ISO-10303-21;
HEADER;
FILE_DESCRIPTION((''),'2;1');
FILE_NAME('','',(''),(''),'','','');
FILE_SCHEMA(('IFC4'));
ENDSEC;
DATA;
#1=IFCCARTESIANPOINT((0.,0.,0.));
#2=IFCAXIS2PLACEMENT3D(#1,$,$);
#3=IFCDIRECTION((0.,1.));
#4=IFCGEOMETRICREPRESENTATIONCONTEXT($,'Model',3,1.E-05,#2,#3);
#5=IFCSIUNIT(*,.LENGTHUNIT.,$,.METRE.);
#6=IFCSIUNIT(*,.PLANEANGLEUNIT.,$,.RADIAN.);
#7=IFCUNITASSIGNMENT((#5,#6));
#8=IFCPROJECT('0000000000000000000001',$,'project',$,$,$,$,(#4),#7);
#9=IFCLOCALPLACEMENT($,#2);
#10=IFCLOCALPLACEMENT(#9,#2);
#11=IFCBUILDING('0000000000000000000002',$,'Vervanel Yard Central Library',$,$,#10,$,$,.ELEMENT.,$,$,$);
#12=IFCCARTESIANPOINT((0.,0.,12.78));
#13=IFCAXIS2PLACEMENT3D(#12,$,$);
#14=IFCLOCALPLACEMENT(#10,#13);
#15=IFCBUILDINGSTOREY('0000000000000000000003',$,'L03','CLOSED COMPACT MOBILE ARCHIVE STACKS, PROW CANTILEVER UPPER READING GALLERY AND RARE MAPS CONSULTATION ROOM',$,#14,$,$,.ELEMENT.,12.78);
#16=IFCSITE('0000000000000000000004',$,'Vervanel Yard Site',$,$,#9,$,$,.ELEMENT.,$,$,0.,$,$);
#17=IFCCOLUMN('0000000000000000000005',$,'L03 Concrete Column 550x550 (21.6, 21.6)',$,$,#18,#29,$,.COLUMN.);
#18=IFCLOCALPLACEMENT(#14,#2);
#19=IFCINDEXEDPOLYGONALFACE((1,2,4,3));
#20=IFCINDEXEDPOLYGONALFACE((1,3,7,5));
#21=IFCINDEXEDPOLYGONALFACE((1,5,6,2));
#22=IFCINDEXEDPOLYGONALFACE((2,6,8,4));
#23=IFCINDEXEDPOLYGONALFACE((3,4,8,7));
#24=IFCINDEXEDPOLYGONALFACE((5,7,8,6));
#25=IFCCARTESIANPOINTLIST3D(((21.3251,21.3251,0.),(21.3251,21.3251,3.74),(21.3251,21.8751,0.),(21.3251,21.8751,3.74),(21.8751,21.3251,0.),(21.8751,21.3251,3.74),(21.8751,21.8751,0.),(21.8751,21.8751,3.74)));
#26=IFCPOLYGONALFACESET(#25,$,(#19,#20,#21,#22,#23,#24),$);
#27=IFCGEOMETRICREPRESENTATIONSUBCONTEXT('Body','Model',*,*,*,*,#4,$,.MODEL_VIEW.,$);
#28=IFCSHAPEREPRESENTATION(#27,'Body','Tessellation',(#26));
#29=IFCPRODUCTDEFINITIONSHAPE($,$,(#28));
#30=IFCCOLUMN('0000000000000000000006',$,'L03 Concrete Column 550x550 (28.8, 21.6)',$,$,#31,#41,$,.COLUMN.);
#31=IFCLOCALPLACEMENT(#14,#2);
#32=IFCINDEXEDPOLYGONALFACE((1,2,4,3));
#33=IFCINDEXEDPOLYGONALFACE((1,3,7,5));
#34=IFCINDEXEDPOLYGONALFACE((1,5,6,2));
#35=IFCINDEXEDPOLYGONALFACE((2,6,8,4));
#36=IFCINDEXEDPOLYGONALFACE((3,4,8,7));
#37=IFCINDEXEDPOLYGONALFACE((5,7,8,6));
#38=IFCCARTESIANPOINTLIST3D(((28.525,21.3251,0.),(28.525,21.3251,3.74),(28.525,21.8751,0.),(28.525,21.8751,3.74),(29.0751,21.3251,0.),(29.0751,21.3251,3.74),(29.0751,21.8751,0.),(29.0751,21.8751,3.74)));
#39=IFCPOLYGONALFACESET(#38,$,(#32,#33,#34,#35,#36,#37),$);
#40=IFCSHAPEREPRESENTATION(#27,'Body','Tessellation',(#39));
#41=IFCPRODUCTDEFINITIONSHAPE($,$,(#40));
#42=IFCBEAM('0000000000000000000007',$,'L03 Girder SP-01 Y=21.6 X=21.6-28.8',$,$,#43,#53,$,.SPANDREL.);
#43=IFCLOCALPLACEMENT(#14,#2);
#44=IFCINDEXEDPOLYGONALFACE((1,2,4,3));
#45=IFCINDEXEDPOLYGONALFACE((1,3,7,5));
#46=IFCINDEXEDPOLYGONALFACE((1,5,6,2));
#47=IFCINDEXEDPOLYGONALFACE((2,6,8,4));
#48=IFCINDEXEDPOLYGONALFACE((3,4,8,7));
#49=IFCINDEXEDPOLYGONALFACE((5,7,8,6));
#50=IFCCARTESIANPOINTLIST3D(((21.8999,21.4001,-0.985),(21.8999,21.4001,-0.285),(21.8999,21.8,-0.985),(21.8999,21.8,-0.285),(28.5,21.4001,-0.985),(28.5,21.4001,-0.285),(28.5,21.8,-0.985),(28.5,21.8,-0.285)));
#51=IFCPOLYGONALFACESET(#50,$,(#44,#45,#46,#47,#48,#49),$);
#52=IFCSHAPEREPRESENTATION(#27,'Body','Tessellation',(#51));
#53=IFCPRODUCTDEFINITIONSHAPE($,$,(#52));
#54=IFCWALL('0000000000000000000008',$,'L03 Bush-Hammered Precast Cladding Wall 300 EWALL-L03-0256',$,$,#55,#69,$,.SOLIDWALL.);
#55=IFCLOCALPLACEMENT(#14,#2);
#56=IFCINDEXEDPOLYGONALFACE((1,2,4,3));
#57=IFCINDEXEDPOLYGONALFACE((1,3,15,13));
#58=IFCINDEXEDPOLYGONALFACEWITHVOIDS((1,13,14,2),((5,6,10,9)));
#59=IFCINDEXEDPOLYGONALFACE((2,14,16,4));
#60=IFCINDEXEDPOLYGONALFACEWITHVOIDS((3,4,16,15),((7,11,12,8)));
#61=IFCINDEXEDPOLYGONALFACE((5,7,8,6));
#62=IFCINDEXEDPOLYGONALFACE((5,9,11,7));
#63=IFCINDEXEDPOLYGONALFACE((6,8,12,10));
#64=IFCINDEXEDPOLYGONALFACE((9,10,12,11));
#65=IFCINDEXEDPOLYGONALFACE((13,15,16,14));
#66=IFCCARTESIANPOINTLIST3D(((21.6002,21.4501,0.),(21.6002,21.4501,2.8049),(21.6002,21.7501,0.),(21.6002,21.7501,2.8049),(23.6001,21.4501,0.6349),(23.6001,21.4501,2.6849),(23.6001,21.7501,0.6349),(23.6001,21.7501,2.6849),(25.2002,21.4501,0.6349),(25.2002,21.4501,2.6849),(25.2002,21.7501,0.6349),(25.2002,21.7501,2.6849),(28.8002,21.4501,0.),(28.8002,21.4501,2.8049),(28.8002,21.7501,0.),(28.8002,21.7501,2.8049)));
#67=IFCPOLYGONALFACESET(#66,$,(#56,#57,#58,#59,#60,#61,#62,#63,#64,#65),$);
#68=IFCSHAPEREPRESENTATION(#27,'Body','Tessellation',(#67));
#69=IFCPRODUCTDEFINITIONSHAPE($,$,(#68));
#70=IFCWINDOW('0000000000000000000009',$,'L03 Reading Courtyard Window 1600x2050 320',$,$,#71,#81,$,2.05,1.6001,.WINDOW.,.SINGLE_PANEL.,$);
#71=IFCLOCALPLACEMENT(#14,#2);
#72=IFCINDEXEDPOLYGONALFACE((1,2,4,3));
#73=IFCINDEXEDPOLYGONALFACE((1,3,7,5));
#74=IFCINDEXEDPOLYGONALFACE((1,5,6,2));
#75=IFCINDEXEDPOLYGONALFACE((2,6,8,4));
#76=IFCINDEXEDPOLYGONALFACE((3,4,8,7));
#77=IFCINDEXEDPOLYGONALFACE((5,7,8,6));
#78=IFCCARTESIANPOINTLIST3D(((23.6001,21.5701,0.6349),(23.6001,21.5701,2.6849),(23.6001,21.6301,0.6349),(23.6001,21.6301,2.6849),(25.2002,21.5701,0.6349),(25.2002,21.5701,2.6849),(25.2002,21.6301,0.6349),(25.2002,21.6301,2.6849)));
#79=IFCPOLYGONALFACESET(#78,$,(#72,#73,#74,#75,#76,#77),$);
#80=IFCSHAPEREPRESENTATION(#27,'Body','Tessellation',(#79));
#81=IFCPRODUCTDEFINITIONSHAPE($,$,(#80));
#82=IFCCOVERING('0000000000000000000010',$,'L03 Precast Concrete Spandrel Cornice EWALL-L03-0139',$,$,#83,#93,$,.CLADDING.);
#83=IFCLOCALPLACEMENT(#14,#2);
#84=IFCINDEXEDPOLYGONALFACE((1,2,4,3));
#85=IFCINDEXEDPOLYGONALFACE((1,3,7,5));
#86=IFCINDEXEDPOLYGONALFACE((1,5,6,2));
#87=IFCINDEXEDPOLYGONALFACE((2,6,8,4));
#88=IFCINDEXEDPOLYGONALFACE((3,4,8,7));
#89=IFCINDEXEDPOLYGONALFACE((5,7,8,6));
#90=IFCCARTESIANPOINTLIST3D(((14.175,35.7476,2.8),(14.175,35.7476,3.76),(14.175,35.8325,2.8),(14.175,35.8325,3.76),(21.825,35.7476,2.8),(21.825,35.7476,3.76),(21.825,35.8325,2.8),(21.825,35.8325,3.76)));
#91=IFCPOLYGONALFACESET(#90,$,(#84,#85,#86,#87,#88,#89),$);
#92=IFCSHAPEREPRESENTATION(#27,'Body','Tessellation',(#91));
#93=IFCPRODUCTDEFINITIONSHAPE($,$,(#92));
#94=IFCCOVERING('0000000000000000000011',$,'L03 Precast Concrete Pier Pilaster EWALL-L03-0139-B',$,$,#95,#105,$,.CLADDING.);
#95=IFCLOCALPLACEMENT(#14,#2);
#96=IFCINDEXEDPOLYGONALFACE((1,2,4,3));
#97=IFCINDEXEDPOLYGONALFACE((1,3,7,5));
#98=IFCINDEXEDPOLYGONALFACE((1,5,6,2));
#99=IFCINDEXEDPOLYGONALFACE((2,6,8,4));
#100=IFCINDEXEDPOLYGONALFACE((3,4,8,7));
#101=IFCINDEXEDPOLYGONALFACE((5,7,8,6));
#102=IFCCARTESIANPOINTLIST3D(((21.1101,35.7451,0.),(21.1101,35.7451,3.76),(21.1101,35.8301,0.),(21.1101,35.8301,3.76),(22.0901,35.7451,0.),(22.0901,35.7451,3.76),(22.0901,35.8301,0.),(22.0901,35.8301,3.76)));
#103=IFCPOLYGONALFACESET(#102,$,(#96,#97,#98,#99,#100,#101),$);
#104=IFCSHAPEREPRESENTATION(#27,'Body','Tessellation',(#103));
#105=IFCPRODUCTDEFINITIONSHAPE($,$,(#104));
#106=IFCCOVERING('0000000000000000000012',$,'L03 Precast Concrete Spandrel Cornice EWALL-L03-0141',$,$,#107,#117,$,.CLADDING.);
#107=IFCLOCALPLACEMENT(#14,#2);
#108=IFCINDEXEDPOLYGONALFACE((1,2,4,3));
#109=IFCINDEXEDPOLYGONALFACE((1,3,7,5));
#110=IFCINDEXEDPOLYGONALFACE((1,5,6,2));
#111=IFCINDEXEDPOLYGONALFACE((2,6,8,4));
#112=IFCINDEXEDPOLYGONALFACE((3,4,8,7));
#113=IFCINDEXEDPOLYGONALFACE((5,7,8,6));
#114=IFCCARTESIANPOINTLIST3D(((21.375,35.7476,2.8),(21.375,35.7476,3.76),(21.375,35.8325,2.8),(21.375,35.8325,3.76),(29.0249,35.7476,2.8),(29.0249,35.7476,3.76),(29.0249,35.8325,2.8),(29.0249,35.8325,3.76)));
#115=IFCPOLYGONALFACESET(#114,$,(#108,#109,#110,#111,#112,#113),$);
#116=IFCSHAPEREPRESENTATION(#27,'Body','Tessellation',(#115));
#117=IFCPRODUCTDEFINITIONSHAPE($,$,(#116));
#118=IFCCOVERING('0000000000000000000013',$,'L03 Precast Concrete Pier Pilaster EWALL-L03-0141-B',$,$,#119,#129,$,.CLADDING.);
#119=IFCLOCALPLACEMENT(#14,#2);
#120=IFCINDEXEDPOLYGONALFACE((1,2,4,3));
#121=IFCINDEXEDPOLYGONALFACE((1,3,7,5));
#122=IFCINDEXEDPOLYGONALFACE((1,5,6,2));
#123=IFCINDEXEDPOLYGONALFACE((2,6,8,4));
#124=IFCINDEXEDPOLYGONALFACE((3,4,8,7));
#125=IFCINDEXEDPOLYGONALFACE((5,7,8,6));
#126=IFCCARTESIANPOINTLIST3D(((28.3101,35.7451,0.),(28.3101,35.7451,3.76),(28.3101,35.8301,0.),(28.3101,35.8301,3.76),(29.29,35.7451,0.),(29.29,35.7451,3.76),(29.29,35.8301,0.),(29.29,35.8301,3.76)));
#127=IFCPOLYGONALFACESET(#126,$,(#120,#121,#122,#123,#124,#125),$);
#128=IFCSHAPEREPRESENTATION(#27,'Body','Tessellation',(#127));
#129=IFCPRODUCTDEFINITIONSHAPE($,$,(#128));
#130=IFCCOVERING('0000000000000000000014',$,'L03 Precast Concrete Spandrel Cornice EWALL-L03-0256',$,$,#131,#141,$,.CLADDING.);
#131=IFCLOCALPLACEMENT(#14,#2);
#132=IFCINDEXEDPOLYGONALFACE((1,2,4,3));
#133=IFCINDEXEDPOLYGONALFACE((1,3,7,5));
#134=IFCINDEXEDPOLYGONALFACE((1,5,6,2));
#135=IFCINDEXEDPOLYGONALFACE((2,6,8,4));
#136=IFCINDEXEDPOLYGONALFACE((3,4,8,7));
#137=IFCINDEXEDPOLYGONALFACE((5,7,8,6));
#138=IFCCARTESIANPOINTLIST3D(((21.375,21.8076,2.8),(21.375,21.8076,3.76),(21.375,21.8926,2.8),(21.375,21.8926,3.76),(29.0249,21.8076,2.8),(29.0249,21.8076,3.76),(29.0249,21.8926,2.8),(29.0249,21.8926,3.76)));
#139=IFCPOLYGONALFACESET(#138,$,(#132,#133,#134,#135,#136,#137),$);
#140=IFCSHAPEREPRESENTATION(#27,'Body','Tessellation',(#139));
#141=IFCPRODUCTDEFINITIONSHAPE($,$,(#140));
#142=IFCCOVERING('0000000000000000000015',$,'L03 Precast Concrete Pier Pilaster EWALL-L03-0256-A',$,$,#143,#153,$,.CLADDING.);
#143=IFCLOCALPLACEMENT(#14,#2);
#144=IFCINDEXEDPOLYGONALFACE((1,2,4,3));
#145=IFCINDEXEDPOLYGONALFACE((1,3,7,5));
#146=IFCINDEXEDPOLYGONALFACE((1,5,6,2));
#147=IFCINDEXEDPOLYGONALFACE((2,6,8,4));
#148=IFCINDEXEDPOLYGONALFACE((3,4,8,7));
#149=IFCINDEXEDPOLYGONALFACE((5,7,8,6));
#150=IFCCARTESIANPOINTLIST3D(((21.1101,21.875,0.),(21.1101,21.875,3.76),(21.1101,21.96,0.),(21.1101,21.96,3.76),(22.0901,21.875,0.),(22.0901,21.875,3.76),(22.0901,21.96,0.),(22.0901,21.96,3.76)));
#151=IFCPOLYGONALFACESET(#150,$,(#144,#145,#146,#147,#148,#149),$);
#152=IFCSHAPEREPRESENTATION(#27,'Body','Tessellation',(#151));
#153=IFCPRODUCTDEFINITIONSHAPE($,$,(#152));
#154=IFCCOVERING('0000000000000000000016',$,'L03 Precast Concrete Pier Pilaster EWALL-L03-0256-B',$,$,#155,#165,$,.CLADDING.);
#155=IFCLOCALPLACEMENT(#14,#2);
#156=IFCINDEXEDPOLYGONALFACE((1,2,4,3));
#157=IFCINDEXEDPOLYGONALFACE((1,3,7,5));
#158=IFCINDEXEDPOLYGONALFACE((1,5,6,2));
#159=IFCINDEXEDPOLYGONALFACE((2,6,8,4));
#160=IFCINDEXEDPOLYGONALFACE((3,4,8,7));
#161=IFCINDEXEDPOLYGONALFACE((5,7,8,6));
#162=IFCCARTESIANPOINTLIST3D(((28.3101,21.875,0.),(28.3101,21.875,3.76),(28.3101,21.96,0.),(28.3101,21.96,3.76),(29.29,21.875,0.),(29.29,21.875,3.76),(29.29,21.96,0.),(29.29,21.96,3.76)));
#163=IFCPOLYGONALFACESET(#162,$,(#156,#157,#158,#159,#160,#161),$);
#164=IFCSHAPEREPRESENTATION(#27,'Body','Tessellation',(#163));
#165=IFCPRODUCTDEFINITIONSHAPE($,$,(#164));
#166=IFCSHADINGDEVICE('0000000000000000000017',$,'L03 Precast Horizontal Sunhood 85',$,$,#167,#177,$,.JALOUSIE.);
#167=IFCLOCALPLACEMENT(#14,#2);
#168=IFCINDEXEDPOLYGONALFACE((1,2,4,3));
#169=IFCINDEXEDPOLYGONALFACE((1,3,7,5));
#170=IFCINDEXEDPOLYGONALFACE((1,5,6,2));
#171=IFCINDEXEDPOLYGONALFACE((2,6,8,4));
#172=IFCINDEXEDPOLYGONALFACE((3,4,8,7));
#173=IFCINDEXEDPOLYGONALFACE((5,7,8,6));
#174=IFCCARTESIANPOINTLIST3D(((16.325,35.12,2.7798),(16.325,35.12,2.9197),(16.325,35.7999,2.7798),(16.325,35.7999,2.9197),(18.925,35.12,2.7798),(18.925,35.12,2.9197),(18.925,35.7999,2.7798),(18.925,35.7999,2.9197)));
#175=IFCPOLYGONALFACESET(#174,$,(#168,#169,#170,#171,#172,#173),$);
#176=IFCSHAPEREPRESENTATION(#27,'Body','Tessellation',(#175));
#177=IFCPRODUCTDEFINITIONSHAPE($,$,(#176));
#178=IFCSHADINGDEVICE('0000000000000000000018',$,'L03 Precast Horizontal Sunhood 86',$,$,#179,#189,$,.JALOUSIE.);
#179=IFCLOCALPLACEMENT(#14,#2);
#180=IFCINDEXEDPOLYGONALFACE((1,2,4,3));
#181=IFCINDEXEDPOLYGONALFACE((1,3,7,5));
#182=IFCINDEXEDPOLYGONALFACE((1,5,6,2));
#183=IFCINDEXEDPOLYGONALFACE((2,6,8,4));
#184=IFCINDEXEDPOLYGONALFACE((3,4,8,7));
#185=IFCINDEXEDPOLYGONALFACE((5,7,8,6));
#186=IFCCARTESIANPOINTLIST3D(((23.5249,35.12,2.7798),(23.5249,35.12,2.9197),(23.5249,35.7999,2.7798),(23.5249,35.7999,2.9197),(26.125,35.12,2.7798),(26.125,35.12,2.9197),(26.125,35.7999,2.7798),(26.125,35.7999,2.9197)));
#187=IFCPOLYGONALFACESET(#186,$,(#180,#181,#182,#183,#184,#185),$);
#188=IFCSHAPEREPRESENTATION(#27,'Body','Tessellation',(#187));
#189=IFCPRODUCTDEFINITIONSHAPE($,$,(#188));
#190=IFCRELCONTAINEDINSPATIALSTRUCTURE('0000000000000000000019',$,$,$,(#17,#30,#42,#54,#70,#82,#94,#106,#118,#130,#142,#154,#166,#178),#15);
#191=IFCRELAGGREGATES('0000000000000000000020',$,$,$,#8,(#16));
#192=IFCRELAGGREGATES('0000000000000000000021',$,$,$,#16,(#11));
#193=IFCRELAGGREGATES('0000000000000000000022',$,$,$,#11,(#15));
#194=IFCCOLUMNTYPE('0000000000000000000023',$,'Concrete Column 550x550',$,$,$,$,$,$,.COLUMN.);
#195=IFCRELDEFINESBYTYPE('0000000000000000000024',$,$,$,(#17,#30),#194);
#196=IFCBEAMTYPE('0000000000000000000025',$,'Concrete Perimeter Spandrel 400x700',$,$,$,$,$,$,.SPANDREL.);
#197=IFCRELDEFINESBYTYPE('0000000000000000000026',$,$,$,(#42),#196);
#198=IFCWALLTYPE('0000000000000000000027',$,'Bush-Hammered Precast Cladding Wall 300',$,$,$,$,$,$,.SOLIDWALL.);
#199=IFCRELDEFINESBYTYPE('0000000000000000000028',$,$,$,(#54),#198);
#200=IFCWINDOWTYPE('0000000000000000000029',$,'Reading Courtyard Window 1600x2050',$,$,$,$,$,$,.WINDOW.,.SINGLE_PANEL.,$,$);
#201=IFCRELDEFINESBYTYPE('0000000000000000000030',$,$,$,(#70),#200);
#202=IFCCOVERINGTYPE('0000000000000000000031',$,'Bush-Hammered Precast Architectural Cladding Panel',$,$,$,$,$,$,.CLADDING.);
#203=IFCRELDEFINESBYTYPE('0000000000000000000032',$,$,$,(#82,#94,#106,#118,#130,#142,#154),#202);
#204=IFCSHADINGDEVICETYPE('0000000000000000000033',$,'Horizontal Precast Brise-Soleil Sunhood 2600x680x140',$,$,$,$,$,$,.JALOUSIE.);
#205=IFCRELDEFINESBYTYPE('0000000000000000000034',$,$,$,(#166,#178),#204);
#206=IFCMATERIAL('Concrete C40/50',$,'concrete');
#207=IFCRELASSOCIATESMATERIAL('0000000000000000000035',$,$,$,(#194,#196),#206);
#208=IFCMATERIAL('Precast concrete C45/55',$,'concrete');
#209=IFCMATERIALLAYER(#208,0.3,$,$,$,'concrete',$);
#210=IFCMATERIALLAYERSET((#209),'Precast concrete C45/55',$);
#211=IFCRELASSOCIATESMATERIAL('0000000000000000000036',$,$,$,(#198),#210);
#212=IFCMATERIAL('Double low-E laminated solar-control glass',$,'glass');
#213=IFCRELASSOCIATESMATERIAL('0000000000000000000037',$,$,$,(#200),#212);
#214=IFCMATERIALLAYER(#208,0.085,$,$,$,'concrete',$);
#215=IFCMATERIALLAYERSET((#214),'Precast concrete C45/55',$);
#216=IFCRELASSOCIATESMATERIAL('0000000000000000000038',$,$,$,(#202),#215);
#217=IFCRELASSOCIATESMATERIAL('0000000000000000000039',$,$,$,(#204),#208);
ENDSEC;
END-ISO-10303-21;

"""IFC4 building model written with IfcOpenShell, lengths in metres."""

from ifc_helpers import new_model, si_unit, direction, frame, frame_2d, origin, origin_2d, place, context, subcontext, project, spatial, rectangle, extrude, material, layer, layer_set, material_profile, profile_set, type_object, element, fill, save


model = new_model("IFC4")

# Units and contexts
model_context = context("Model", 3, precision=1e-05, world=origin(), true_north=direction((0.0, 1.0)))
body_context = subcontext(model_context, "Body", "Model", "MODEL_VIEW")
ifc_project = project(units=[si_unit("LENGTHUNIT", "METRE"), si_unit("PLANEANGLEUNIT", "RADIAN")], contexts=[model_context])

# Site, building, storey
site_placement = place(None, origin())
site = spatial("IfcSite", under=ifc_project, at=site_placement, Name="Vervanel Yard Site", CompositionType="ELEMENT", RefElevation=0.0)
building_placement = place(site_placement, origin())
building = spatial("IfcBuilding", under=site, at=building_placement, Name="Vervanel Yard Central Library", CompositionType="ELEMENT")
storey_placement = place(building_placement, frame((0.0, 0.0, 12.78)))
storey = spatial("IfcBuildingStorey", under=building, at=storey_placement, Name="L03", Description="CLOSED COMPACT MOBILE ARCHIVE STACKS, PROW CANTILEVER UPPER READING GALLERY AND RARE MAPS CONSULTATION ROOM", CompositionType="ELEMENT", Elevation=12.78)

# Columns
ifc_material_1 = material(Name="Concrete C40/50", Category="concrete")
ifc_material_profile_1 = material_profile(ifc_material_1, rectangle(XDim=0.55, YDim=0.55, at=origin_2d()), Name="RC 550x550", Category="concrete")
ifc_profile_set_1 = profile_set([ifc_material_profile_1], Name="Concrete C40/50")
column_type = type_object("IfcColumnType", Name="Concrete Column 550x550", PredefinedType="COLUMN", material=ifc_profile_set_1)
for number, where, z_axis, x_axis, name in (
    (1, (21.6001, 21.6001, 0.0), (0.0, 0.0, 1.0), (1.0, 0.0, 0.0), "L03 Concrete Column 550x550 (21.6, 21.6)"),
    (2, (28.8, 21.6001, 0.0), (0.0, 0.0, 1.0), (1.0, 0.0, 0.0), "L03 Concrete Column 550x550 (28.8, 21.6)"),
):
    element("IfcColumn", number, at=place(storey_placement, frame(where, z_axis=z_axis, x_axis=x_axis)), inside=storey, type_object=column_type, Name=name, PredefinedType="COLUMN", context=body_context, shape_type="SweptSolid", body=[
        extrude(rectangle(XDim=0.55, YDim=0.55, at=origin_2d()), origin(), (0.0, 0.0, 1.0), 3.74),
    ])

# Beam
ifc_material_profile_2 = material_profile(ifc_material_1, rectangle(XDim=0.3999, YDim=0.7, at=origin_2d()), Name="RC 400x700", Category="concrete")
ifc_profile_set_2 = profile_set([ifc_material_profile_2], Name="Concrete C40/50")
beam_type = type_object("IfcBeamType", Name="Concrete Perimeter Spandrel 400x700", PredefinedType="SPANDREL", material=ifc_profile_set_2)
beam_placement = place(storey_placement, frame((21.8999, 21.6001, -0.635), z_axis=(1.0, 0.0, 0.0), x_axis=(0.0, 1.0, 0.0)))
element("IfcBeam", 3, at=beam_placement, inside=storey, type_object=beam_type, Name="L03 Girder SP-01 Y=21.6 X=21.6-28.8", PredefinedType="SPANDREL", context=body_context, shape_type="SweptSolid", body=[
    extrude(rectangle(XDim=0.3999, YDim=0.7, at=origin_2d()), origin(), (0.0, 0.0, 1.0), 6.6001),
])

# Wall, opening, window
ifc_material_2 = material(Name="Precast concrete C45/55", Category="concrete")
ifc_layer_1 = layer(ifc_material_2, 0.3, Category="concrete")
ifc_layer_set_1 = layer_set([ifc_layer_1], Name="Precast concrete C45/55")
wall_type = type_object("IfcWallType", Name="Bush-Hammered Precast Cladding Wall 300", PredefinedType="SOLIDWALL", material=ifc_layer_set_1)
wall_placement = place(storey_placement, frame((21.6001, 21.6001, 0.0), z_axis=(0.0, 0.0, 1.0), x_axis=(1.0, 0.0, 0.0)))
wall = element("IfcWall", 4, at=wall_placement, inside=storey, type_object=wall_type, Name="L03 Bush-Hammered Precast Cladding Wall 300 EWALL-L03-0256", PredefinedType="SOLIDWALL", context=body_context, shape_type="SweptSolid", body=[
    extrude(rectangle(XDim=7.2, YDim=0.3, at=frame_2d((3.6001, 0.0))), origin(), (0.0, 0.0, 1.0), 2.8049),
])
opening_placement = place(wall_placement, frame((2.0, 0.0, 0.635)))
opening = element("IfcOpeningElement", 5, at=opening_placement, cuts=wall, PredefinedType="OPENING", context=body_context, shape_type="SweptSolid", body=[
    extrude(rectangle(XDim=1.6001, YDim=2.05, at=frame_2d((0.8, 1.0249))), frame((0.0, 0.1599, 0.0), z_axis=(0.0, -1.0, 0.0), x_axis=(1.0, 0.0, 0.0)), (0.0, 0.0, 1.0), 0.3201),
])
ifc_material_3 = material(Name="Double low-E laminated solar-control glass", Category="glass")
window_type = type_object("IfcWindowType", Name="Reading Courtyard Window 1600x2050", PartitioningType="SINGLE_PANEL", PredefinedType="WINDOW", material=ifc_material_3)
window_placement = place(opening_placement, origin())
window = element("IfcWindow", 6, at=window_placement, inside=storey, type_object=window_type, Name="L03 Reading Courtyard Window 1600x2050 320", OverallHeight=2.05, OverallWidth=1.6001, PartitioningType="SINGLE_PANEL", PredefinedType="WINDOW", context=body_context, shape_type="SweptSolid", body=[
    extrude(rectangle(XDim=1.6001, YDim=2.05, at=frame_2d((0.8, 1.0249))), frame((0.0, 0.03, 0.0), z_axis=(0.0, -1.0, 0.0), x_axis=(1.0, 0.0, 0.0)), (0.0, 0.0, 1.0), 0.0601),
])
fill(opening, window)

# Coverings
ifc_layer_2 = layer(ifc_material_2, 0.085, Category="concrete")
ifc_layer_set_2 = layer_set([ifc_layer_2], Name="Precast concrete C45/55")
covering_type = type_object("IfcCoveringType", Name="Bush-Hammered Precast Architectural Cladding Panel", PredefinedType="CLADDING", material=ifc_layer_set_2)
covering_1_placement = place(storey_placement, frame((18.0, 35.79, 2.8), z_axis=(0.0, 0.0, 1.0), x_axis=(1.0, 0.0, 0.0)))
element("IfcCovering", 7, at=covering_1_placement, inside=storey, type_object=covering_type, Name="L03 Precast Concrete Spandrel Cornice EWALL-L03-0139", PredefinedType="CLADDING", context=body_context, shape_type="SweptSolid", body=[
    extrude(rectangle(XDim=7.6499, YDim=0.085, at=origin_2d()), origin(), (0.0, 0.0, 1.0), 0.96),
])
covering_2_placement = place(storey_placement, frame((21.6001, 35.7876, 0.0), z_axis=(0.0, 0.0, 1.0), x_axis=(1.0, 0.0, 0.0)))
element("IfcCovering", 8, at=covering_2_placement, inside=storey, type_object=covering_type, Name="L03 Precast Concrete Pier Pilaster EWALL-L03-0139-B", PredefinedType="CLADDING", context=body_context, shape_type="SweptSolid", body=[
    extrude(rectangle(XDim=0.98, YDim=0.085, at=origin_2d()), origin(), (0.0, 0.0, 1.0), 3.76),
])
covering_3_placement = place(storey_placement, frame((25.2, 35.79, 2.8), z_axis=(0.0, 0.0, 1.0), x_axis=(1.0, 0.0, 0.0)))
element("IfcCovering", 9, at=covering_3_placement, inside=storey, type_object=covering_type, Name="L03 Precast Concrete Spandrel Cornice EWALL-L03-0141", PredefinedType="CLADDING", context=body_context, shape_type="SweptSolid", body=[
    extrude(rectangle(XDim=7.6499, YDim=0.085, at=origin_2d()), origin(), (0.0, 0.0, 1.0), 0.96),
])
covering_4_placement = place(storey_placement, frame((28.8, 35.7876, 0.0), z_axis=(0.0, 0.0, 1.0), x_axis=(1.0, 0.0, 0.0)))
element("IfcCovering", 10, at=covering_4_placement, inside=storey, type_object=covering_type, Name="L03 Precast Concrete Pier Pilaster EWALL-L03-0141-B", PredefinedType="CLADDING", context=body_context, shape_type="SweptSolid", body=[
    extrude(rectangle(XDim=0.98, YDim=0.085, at=origin_2d()), origin(), (0.0, 0.0, 1.0), 3.76),
])
covering_5_placement = place(storey_placement, frame((25.2, 21.8501, 2.8), z_axis=(0.0, 0.0, 1.0), x_axis=(1.0, 0.0, 0.0)))
element("IfcCovering", 11, at=covering_5_placement, inside=storey, type_object=covering_type, Name="L03 Precast Concrete Spandrel Cornice EWALL-L03-0256", PredefinedType="CLADDING", context=body_context, shape_type="SweptSolid", body=[
    extrude(rectangle(XDim=7.6499, YDim=0.085, at=origin_2d()), origin(), (0.0, 0.0, 1.0), 0.96),
])
for number, where, z_axis, x_axis, name in (
    (12, (21.6001, 21.9175, 0.0), (0.0, 0.0, 1.0), (1.0, 0.0, 0.0), "L03 Precast Concrete Pier Pilaster EWALL-L03-0256-A"),
    (13, (28.8, 21.9175, 0.0), (0.0, 0.0, 1.0), (1.0, 0.0, 0.0), "L03 Precast Concrete Pier Pilaster EWALL-L03-0256-B"),
):
    element("IfcCovering", number, at=place(storey_placement, frame(where, z_axis=z_axis, x_axis=x_axis)), inside=storey, type_object=covering_type, Name=name, PredefinedType="CLADDING", context=body_context, shape_type="SweptSolid", body=[
        extrude(rectangle(XDim=0.98, YDim=0.085, at=origin_2d()), origin(), (0.0, 0.0, 1.0), 3.76),
    ])

# Shading devices
shading_device_type_1 = type_object("IfcShadingDeviceType", Name="Horizontal Precast Brise-Soleil Sunhood 2600x680x140", PredefinedType="JALOUSIE", material=ifc_material_2)
for number, where, z_axis, x_axis, name in (
    (14, (17.625, 35.46, 2.7798), (0.0, 0.0, 1.0), (1.0, 0.0, 0.0), "L03 Precast Horizontal Sunhood 85"),
    (15, (24.825, 35.46, 2.7798), (0.0, 0.0, 1.0), (1.0, 0.0, 0.0), "L03 Precast Horizontal Sunhood 86"),
):
    element("IfcShadingDevice", number, at=place(storey_placement, frame(where, z_axis=z_axis, x_axis=x_axis)), inside=storey, type_object=shading_device_type_1, Name=name, PredefinedType="JALOUSIE", context=body_context, shape_type="SweptSolid", body=[
        extrude(rectangle(XDim=2.6001, YDim=0.6799, at=origin_2d()), origin(), (0.0, 0.0, 1.0), 0.1399),
    ])

save(model, "model.ifc")
